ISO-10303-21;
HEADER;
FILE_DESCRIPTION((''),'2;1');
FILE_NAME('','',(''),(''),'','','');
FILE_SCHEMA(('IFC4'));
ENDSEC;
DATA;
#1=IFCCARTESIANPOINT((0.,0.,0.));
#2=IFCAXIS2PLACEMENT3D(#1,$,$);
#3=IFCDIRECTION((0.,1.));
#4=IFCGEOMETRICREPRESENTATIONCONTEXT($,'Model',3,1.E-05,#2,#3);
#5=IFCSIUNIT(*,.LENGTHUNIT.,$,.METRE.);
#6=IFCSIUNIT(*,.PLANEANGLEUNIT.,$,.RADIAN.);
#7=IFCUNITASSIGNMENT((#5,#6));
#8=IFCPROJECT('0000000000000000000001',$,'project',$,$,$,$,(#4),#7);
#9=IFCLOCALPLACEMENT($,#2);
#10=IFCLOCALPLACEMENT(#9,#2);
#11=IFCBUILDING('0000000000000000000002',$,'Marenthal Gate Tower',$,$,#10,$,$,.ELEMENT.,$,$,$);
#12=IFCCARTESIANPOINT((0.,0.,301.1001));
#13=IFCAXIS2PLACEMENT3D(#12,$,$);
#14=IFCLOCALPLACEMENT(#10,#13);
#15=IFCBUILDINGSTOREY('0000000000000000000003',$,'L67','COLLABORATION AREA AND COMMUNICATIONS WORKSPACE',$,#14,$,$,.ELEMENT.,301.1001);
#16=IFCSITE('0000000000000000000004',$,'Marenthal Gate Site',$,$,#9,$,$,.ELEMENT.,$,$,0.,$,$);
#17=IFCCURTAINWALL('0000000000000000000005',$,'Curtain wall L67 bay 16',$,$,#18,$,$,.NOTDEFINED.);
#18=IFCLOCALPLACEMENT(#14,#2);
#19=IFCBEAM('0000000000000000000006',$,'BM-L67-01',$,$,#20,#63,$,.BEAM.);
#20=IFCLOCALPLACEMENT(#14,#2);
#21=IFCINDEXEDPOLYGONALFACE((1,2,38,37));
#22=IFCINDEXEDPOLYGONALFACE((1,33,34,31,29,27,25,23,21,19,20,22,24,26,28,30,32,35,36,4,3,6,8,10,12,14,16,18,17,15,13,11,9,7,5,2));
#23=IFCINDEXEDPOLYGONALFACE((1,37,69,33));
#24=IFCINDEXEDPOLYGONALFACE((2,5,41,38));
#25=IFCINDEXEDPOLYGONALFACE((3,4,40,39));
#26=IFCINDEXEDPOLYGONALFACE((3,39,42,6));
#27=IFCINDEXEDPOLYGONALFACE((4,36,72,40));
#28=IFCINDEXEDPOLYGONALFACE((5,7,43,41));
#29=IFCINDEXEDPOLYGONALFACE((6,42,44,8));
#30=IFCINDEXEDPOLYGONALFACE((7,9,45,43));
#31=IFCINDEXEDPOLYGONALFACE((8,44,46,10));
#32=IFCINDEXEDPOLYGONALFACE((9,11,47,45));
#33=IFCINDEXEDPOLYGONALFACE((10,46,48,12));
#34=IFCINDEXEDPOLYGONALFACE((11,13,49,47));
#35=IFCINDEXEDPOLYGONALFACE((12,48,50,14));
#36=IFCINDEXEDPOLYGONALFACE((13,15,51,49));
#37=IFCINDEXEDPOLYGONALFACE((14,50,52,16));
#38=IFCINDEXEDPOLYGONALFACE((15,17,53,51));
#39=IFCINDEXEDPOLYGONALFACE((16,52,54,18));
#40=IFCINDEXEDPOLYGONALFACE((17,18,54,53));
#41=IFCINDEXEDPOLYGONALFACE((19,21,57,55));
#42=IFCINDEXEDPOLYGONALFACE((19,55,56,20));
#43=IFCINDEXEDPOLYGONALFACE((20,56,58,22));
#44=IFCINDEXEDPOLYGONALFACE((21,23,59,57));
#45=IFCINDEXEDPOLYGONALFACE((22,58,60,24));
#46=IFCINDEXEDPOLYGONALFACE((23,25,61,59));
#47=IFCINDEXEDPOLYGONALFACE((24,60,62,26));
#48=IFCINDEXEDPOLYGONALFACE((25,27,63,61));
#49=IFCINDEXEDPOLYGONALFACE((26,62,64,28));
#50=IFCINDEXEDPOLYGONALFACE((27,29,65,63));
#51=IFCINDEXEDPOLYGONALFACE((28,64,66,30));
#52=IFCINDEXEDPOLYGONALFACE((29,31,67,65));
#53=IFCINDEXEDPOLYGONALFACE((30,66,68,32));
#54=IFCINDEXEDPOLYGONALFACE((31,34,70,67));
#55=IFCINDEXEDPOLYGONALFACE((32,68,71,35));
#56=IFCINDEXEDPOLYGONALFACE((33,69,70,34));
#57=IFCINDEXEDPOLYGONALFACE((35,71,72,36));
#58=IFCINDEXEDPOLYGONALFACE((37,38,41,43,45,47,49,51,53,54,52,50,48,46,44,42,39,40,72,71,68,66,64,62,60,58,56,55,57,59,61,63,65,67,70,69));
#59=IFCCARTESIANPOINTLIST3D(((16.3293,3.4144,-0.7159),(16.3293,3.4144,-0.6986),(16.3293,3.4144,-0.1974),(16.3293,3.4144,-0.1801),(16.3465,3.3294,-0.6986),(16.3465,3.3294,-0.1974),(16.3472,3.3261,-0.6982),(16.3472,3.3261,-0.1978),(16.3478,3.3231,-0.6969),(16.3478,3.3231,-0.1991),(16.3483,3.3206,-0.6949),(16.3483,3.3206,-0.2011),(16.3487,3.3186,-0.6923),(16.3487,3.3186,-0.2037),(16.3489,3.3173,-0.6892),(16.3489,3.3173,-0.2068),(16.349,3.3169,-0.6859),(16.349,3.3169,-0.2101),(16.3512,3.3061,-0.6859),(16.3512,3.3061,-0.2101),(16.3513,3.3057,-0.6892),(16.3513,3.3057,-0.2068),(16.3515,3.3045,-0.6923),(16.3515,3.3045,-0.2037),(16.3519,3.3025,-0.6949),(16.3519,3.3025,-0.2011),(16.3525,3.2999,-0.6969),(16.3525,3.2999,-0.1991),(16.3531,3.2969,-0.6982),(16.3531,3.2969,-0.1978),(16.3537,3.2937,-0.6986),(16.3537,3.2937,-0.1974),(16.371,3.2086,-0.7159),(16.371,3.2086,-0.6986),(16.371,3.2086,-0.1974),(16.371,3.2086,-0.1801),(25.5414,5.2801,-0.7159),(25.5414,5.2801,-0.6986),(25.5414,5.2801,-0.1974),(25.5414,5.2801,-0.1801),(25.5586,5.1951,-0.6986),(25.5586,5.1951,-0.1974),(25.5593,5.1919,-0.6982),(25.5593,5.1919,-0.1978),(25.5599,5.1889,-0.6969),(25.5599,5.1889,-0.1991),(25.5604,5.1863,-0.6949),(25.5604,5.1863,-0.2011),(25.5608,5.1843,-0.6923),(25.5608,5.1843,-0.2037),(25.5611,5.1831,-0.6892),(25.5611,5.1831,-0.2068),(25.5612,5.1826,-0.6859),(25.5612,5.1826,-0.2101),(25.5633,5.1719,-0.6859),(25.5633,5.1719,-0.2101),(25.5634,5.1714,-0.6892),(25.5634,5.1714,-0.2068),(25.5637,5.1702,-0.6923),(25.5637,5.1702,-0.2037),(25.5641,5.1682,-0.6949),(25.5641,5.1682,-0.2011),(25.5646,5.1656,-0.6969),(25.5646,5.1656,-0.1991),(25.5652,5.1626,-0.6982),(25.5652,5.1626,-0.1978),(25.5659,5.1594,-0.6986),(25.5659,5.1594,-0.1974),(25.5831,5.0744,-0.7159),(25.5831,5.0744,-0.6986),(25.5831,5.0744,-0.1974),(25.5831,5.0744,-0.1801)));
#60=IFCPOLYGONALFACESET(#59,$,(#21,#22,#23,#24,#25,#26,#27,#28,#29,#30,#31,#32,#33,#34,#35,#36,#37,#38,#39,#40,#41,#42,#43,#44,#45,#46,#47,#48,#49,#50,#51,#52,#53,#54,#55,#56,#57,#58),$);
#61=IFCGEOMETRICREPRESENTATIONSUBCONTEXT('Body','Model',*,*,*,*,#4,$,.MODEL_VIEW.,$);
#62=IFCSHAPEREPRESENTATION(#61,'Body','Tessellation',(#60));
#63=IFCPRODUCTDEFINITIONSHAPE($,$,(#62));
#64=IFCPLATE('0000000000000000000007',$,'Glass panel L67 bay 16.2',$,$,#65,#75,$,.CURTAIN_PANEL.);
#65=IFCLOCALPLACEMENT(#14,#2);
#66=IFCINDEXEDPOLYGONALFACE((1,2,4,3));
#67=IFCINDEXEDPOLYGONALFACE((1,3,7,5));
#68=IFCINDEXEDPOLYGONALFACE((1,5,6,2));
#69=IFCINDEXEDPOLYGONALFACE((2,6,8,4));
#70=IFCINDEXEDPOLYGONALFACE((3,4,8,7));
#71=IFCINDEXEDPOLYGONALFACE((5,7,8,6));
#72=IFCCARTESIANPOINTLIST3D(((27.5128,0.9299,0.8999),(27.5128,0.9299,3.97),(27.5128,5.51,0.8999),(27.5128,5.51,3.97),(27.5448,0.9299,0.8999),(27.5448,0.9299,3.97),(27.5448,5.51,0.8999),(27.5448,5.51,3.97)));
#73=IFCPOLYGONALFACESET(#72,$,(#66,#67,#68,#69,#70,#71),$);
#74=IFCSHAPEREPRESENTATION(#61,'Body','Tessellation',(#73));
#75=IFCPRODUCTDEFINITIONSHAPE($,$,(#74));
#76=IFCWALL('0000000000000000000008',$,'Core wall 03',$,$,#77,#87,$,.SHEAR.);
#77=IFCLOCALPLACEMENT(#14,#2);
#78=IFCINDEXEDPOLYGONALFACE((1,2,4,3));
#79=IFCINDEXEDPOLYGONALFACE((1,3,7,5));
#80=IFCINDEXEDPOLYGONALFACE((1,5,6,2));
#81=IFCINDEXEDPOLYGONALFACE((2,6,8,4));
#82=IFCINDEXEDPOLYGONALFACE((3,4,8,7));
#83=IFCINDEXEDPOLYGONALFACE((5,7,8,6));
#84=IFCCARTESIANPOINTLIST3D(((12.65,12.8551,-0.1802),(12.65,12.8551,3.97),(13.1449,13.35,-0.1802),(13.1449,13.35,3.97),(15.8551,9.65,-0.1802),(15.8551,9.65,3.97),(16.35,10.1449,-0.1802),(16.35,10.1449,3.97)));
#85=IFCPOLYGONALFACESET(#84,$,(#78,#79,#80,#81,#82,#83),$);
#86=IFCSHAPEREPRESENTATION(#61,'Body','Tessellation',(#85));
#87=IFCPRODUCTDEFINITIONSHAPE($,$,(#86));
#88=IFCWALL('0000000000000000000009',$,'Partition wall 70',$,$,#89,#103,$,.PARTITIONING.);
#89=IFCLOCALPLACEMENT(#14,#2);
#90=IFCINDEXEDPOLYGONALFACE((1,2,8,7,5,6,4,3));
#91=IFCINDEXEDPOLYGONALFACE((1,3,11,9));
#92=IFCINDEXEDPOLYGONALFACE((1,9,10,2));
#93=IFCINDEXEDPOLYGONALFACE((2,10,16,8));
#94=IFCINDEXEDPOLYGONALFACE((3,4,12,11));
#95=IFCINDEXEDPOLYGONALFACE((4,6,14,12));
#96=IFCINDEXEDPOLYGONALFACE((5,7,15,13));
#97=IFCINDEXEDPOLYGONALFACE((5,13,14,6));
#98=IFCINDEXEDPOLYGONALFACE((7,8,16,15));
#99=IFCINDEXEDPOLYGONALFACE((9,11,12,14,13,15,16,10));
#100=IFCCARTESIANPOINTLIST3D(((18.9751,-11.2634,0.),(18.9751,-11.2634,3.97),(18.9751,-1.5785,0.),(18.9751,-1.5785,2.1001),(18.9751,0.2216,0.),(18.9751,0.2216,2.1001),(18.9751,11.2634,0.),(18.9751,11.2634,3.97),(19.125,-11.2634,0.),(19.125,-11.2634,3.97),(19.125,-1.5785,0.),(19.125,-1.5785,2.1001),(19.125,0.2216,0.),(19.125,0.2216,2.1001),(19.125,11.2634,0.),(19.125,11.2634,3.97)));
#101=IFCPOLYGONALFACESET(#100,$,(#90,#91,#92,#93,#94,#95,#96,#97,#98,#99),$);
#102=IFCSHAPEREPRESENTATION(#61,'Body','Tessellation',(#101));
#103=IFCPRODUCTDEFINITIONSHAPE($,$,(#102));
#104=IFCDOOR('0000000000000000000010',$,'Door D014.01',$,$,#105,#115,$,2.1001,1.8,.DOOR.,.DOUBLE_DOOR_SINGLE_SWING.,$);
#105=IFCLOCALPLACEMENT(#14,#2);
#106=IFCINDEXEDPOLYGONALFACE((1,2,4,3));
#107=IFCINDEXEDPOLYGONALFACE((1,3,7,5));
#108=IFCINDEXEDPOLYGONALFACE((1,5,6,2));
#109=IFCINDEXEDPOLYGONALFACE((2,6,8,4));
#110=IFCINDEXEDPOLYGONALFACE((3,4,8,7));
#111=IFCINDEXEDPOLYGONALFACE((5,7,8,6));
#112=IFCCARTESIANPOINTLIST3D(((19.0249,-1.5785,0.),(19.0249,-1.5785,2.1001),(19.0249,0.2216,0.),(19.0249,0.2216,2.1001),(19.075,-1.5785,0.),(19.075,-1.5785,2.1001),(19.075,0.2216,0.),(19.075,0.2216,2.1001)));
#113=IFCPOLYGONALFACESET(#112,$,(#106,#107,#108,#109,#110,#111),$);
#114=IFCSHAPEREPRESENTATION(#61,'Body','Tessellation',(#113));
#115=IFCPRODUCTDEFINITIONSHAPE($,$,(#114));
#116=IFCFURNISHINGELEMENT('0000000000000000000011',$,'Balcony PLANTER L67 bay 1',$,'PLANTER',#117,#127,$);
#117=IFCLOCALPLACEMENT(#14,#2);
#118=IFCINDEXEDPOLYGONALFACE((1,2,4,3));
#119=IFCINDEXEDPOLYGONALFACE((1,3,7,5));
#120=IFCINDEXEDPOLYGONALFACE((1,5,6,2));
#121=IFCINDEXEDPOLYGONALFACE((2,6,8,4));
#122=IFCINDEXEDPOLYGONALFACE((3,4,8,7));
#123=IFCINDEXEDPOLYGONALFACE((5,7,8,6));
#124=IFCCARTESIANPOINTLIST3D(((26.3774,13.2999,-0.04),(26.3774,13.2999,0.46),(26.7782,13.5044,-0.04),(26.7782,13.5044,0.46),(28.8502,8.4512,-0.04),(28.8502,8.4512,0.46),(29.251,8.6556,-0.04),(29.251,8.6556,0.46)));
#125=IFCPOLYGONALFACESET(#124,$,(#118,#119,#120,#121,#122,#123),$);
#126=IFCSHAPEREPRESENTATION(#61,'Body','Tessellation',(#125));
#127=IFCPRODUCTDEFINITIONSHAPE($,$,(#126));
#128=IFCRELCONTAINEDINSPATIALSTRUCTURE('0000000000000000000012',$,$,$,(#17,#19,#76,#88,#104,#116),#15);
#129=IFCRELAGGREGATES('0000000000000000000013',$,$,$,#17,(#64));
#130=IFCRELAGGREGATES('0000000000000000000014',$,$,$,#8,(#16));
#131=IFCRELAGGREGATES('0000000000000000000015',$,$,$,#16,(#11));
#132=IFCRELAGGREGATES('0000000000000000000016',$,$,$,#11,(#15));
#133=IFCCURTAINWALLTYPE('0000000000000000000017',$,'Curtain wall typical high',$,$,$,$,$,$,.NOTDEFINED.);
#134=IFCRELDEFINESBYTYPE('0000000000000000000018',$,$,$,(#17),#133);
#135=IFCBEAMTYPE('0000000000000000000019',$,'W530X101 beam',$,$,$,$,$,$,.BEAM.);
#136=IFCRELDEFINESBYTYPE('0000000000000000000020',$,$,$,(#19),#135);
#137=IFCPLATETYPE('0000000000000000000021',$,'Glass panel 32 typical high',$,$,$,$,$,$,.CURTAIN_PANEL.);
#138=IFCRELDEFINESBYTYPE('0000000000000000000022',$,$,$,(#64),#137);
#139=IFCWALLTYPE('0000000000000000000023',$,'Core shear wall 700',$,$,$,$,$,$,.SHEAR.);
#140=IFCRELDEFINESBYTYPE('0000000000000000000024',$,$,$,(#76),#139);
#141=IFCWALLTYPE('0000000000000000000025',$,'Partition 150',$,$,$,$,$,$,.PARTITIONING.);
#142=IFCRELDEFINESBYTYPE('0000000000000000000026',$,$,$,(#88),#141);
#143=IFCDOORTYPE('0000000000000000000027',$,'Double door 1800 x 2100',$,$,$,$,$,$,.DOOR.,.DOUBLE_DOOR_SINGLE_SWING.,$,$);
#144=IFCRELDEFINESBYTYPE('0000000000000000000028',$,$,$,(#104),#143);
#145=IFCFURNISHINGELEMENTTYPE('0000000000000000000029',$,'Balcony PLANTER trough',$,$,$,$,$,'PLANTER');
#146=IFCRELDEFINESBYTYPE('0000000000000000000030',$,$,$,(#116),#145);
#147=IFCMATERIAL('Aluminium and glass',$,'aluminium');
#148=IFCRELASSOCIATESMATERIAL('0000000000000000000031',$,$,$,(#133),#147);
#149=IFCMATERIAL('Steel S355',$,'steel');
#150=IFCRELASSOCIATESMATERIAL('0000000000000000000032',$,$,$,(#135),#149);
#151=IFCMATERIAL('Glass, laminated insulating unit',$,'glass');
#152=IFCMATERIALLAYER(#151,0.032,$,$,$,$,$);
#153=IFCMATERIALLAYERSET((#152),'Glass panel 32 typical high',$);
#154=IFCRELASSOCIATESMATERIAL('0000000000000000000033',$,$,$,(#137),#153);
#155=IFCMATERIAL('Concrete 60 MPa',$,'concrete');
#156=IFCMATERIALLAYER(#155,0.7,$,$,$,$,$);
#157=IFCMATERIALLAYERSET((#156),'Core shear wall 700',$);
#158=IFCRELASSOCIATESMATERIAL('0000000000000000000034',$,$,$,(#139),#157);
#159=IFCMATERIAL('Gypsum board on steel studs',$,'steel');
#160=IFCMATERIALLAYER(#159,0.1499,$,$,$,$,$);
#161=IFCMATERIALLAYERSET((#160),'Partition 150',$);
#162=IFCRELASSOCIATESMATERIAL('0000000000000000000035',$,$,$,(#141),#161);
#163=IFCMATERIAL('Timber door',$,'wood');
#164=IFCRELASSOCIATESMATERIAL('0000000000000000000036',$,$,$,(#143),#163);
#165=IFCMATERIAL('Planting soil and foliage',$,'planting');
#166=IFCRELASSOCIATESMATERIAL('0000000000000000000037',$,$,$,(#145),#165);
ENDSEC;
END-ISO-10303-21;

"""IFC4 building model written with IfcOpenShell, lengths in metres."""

from ifc_helpers import new_model, si_unit, direction, frame, frame_2d, origin, origin_2d, place, context, subcontext, project, spatial, rectangle, i_section, extrude, material, layer, layer_set, material_profile, profile_set, type_object, element, fill, aggregate, save


model = new_model("IFC4")

# Units and contexts
model_context = context("Model", 3, precision=1e-05, world=origin(), true_north=direction((0.0, 1.0)))
body_context = subcontext(model_context, "Body", "Model", "MODEL_VIEW")
ifc_project = project(units=[si_unit("LENGTHUNIT", "METRE"), si_unit("PLANEANGLEUNIT", "RADIAN")], contexts=[model_context])

# Site, building, storey
site_placement = place(None, origin())
site = spatial("IfcSite", under=ifc_project, at=site_placement, Name="Marenthal Gate Site", CompositionType="ELEMENT", RefElevation=0.0)
building_placement = place(site_placement, origin())
building = spatial("IfcBuilding", under=site, at=building_placement, Name="Marenthal Gate Tower", CompositionType="ELEMENT")
storey_placement = place(building_placement, frame((0.0, 0.0, 301.1001)))
storey = spatial("IfcBuildingStorey", under=building, at=storey_placement, Name="L67", Description="COLLABORATION AREA AND COMMUNICATIONS WORKSPACE", CompositionType="ELEMENT", Elevation=301.1001)

# Curtain wall
ifc_material_1 = material(Name="Aluminium and glass", Category="aluminium")
curtain_wall_type = type_object("IfcCurtainWallType", Name="Curtain wall typical high", PredefinedType="NOTDEFINED", material=ifc_material_1)
curtain_wall_placement = place(storey_placement, origin())
curtain_wall = element("IfcCurtainWall", 1, at=curtain_wall_placement, inside=storey, type_object=curtain_wall_type, Name="Curtain wall L67 bay 16", PredefinedType="NOTDEFINED")

# Beam
ifc_material_2 = material(Name="Steel S355", Category="steel")
ifc_material_profile_1 = material_profile(ifc_material_2, i_section(OverallWidth=0.21, OverallDepth=0.5359, WebThickness=0.011, FlangeThickness=0.0173, FilletRadius=0.0127, at=origin_2d()), Name="W530X101")
ifc_profile_set_1 = profile_set([ifc_material_profile_1], Name="Steel S355")
beam_type_1 = type_object("IfcBeamType", Name="W530X101 beam", PredefinedType="BEAM", material=ifc_profile_set_1)
beam_1_placement = place(storey_placement, frame((25.5623, 5.1772, -0.448), z_axis=(-0.980101, -0.198498, 0.0), x_axis=(0.198498, -0.980101, 0.0)))
element("IfcBeam", 2, at=beam_1_placement, inside=storey, type_object=beam_type_1, Name="BM-L67-01", PredefinedType="BEAM", context=body_context, shape_type="SweptSolid", body=[
    extrude(i_section(OverallWidth=0.21, OverallDepth=0.5359, WebThickness=0.011, FlangeThickness=0.0173, FilletRadius=0.0127, at=origin_2d()), origin(), (0.0, 0.0, 1.0), 9.3992),
])

# Plate
ifc_material_3 = material(Name="Glass, laminated insulating unit", Category="glass")
ifc_layer_1 = layer(ifc_material_3, 0.032)
ifc_layer_set_1 = layer_set([ifc_layer_1], Name="Glass panel 32 typical high")
plate_type = type_object("IfcPlateType", Name="Glass panel 32 typical high", PredefinedType="CURTAIN_PANEL", material=ifc_layer_set_1)
plate_placement = place(storey_placement, frame((27.5288, 3.22, 0.8999), z_axis=(0.0, 0.0, 1.0), x_axis=(0.0, 1.0, 0.0)))
plate = element("IfcPlate", 3, at=plate_placement, type_object=plate_type, Name="Glass panel L67 bay 16.2", PredefinedType="CURTAIN_PANEL", context=body_context, shape_type="SweptSolid", body=[
    extrude(rectangle(XDim=4.5801, YDim=0.032, at=origin_2d()), origin(), (0.0, 0.0, 1.0), 3.0701),
])
aggregate(curtain_wall, [plate])

# Wall
ifc_material_4 = material(Name="Concrete 60 MPa", Category="concrete")
ifc_layer_2 = layer(ifc_material_4, 0.7)
ifc_layer_set_2 = layer_set([ifc_layer_2], Name="Core shear wall 700")
wall_type_1 = type_object("IfcWallType", Name="Core shear wall 700", PredefinedType="SHEAR", material=ifc_layer_set_2)
wall_1_placement = place(storey_placement, frame((16.1025, 9.8975, -0.1802), z_axis=(0.0, 0.0, 1.0), x_axis=(-0.707107, 0.707107, 0.0)))
element("IfcWall", 4, at=wall_1_placement, inside=storey, type_object=wall_type_1, Name="Core wall 03", PredefinedType="SHEAR", context=body_context, shape_type="SweptSolid", body=[
    extrude(rectangle(XDim=4.5327, YDim=0.7, at=frame_2d((2.2664, 0.0))), origin(), (0.0, 0.0, 1.0), 4.1501),
])

# Wall, opening, door
ifc_material_5 = material(Name="Gypsum board on steel studs", Category="steel")
ifc_layer_3 = layer(ifc_material_5, 0.1499)
ifc_layer_set_3 = layer_set([ifc_layer_3], Name="Partition 150")
wall_type_2 = type_object("IfcWallType", Name="Partition 150", PredefinedType="PARTITIONING", material=ifc_layer_set_3)
wall_2_placement = place(storey_placement, frame((19.05, 11.2634, 0.0), z_axis=(0.0, 0.0, 1.0), x_axis=(0.0, -1.0, 0.0)))
wall_2 = element("IfcWall", 5, at=wall_2_placement, inside=storey, type_object=wall_type_2, Name="Partition wall 70", PredefinedType="PARTITIONING", context=body_context, shape_type="SweptSolid", body=[
    extrude(rectangle(XDim=22.5269, YDim=0.1499, at=frame_2d((11.2634, 0.0))), origin(), (0.0, 0.0, 1.0), 3.97),
])
opening_1_placement = place(wall_2_placement, frame((11.042, 0.0, 0.0)))
opening_1 = element("IfcOpeningElement", 6, at=opening_1_placement, cuts=wall_2, PredefinedType="OPENING", context=body_context, shape_type="SweptSolid", body=[
    extrude(rectangle(XDim=1.8, YDim=2.1001, at=frame_2d((0.8999, 1.05))), frame((0.0, 0.085, 0.0), z_axis=(0.0, -1.0, 0.0), x_axis=(1.0, 0.0, 0.0)), (0.0, 0.0, 1.0), 0.1699),
])
ifc_material_6 = material(Name="Timber door", Category="wood")
door_type_1 = type_object("IfcDoorType", Name="Double door 1800 x 2100", OperationType="DOUBLE_DOOR_SINGLE_SWING", PredefinedType="DOOR", material=ifc_material_6)
door_1_placement = place(opening_1_placement, origin())
door_1 = element("IfcDoor", 7, at=door_1_placement, inside=storey, type_object=door_type_1, Name="Door D014.01", OperationType="DOUBLE_DOOR_SINGLE_SWING", OverallHeight=2.1001, OverallWidth=1.8, PredefinedType="DOOR", context=body_context, shape_type="SweptSolid", body=[
    extrude(rectangle(XDim=1.8, YDim=2.1001, at=frame_2d((0.8999, 1.05))), frame((0.0, 0.0249, 0.0), z_axis=(0.0, -1.0, 0.0), x_axis=(1.0, 0.0, 0.0)), (0.0, 0.0, 1.0), 0.05),
])
fill(opening_1, door_1)

# Furnishing element
ifc_material_7 = material(Name="Planting soil and foliage", Category="planting")
furnishing_element_type = type_object("IfcFurnishingElementType", Name="Balcony PLANTER trough", ElementType="PLANTER", material=ifc_material_7)
furnishing_placement = place(storey_placement, frame((27.8142, 10.9778, -0.04), z_axis=(0.0, 0.0, 1.0), x_axis=(-0.454321, 0.890838, 0.0)))
element("IfcFurnishingElement", 8, at=furnishing_placement, inside=storey, type_object=furnishing_element_type, Name="Balcony PLANTER L67 bay 1", ObjectType="PLANTER", context=body_context, shape_type="SweptSolid", body=[
    extrude(rectangle(XDim=5.4429, YDim=0.45, at=origin_2d()), origin(), (0.0, 0.0, 1.0), 0.5),
])

save(model, "model.ifc")
